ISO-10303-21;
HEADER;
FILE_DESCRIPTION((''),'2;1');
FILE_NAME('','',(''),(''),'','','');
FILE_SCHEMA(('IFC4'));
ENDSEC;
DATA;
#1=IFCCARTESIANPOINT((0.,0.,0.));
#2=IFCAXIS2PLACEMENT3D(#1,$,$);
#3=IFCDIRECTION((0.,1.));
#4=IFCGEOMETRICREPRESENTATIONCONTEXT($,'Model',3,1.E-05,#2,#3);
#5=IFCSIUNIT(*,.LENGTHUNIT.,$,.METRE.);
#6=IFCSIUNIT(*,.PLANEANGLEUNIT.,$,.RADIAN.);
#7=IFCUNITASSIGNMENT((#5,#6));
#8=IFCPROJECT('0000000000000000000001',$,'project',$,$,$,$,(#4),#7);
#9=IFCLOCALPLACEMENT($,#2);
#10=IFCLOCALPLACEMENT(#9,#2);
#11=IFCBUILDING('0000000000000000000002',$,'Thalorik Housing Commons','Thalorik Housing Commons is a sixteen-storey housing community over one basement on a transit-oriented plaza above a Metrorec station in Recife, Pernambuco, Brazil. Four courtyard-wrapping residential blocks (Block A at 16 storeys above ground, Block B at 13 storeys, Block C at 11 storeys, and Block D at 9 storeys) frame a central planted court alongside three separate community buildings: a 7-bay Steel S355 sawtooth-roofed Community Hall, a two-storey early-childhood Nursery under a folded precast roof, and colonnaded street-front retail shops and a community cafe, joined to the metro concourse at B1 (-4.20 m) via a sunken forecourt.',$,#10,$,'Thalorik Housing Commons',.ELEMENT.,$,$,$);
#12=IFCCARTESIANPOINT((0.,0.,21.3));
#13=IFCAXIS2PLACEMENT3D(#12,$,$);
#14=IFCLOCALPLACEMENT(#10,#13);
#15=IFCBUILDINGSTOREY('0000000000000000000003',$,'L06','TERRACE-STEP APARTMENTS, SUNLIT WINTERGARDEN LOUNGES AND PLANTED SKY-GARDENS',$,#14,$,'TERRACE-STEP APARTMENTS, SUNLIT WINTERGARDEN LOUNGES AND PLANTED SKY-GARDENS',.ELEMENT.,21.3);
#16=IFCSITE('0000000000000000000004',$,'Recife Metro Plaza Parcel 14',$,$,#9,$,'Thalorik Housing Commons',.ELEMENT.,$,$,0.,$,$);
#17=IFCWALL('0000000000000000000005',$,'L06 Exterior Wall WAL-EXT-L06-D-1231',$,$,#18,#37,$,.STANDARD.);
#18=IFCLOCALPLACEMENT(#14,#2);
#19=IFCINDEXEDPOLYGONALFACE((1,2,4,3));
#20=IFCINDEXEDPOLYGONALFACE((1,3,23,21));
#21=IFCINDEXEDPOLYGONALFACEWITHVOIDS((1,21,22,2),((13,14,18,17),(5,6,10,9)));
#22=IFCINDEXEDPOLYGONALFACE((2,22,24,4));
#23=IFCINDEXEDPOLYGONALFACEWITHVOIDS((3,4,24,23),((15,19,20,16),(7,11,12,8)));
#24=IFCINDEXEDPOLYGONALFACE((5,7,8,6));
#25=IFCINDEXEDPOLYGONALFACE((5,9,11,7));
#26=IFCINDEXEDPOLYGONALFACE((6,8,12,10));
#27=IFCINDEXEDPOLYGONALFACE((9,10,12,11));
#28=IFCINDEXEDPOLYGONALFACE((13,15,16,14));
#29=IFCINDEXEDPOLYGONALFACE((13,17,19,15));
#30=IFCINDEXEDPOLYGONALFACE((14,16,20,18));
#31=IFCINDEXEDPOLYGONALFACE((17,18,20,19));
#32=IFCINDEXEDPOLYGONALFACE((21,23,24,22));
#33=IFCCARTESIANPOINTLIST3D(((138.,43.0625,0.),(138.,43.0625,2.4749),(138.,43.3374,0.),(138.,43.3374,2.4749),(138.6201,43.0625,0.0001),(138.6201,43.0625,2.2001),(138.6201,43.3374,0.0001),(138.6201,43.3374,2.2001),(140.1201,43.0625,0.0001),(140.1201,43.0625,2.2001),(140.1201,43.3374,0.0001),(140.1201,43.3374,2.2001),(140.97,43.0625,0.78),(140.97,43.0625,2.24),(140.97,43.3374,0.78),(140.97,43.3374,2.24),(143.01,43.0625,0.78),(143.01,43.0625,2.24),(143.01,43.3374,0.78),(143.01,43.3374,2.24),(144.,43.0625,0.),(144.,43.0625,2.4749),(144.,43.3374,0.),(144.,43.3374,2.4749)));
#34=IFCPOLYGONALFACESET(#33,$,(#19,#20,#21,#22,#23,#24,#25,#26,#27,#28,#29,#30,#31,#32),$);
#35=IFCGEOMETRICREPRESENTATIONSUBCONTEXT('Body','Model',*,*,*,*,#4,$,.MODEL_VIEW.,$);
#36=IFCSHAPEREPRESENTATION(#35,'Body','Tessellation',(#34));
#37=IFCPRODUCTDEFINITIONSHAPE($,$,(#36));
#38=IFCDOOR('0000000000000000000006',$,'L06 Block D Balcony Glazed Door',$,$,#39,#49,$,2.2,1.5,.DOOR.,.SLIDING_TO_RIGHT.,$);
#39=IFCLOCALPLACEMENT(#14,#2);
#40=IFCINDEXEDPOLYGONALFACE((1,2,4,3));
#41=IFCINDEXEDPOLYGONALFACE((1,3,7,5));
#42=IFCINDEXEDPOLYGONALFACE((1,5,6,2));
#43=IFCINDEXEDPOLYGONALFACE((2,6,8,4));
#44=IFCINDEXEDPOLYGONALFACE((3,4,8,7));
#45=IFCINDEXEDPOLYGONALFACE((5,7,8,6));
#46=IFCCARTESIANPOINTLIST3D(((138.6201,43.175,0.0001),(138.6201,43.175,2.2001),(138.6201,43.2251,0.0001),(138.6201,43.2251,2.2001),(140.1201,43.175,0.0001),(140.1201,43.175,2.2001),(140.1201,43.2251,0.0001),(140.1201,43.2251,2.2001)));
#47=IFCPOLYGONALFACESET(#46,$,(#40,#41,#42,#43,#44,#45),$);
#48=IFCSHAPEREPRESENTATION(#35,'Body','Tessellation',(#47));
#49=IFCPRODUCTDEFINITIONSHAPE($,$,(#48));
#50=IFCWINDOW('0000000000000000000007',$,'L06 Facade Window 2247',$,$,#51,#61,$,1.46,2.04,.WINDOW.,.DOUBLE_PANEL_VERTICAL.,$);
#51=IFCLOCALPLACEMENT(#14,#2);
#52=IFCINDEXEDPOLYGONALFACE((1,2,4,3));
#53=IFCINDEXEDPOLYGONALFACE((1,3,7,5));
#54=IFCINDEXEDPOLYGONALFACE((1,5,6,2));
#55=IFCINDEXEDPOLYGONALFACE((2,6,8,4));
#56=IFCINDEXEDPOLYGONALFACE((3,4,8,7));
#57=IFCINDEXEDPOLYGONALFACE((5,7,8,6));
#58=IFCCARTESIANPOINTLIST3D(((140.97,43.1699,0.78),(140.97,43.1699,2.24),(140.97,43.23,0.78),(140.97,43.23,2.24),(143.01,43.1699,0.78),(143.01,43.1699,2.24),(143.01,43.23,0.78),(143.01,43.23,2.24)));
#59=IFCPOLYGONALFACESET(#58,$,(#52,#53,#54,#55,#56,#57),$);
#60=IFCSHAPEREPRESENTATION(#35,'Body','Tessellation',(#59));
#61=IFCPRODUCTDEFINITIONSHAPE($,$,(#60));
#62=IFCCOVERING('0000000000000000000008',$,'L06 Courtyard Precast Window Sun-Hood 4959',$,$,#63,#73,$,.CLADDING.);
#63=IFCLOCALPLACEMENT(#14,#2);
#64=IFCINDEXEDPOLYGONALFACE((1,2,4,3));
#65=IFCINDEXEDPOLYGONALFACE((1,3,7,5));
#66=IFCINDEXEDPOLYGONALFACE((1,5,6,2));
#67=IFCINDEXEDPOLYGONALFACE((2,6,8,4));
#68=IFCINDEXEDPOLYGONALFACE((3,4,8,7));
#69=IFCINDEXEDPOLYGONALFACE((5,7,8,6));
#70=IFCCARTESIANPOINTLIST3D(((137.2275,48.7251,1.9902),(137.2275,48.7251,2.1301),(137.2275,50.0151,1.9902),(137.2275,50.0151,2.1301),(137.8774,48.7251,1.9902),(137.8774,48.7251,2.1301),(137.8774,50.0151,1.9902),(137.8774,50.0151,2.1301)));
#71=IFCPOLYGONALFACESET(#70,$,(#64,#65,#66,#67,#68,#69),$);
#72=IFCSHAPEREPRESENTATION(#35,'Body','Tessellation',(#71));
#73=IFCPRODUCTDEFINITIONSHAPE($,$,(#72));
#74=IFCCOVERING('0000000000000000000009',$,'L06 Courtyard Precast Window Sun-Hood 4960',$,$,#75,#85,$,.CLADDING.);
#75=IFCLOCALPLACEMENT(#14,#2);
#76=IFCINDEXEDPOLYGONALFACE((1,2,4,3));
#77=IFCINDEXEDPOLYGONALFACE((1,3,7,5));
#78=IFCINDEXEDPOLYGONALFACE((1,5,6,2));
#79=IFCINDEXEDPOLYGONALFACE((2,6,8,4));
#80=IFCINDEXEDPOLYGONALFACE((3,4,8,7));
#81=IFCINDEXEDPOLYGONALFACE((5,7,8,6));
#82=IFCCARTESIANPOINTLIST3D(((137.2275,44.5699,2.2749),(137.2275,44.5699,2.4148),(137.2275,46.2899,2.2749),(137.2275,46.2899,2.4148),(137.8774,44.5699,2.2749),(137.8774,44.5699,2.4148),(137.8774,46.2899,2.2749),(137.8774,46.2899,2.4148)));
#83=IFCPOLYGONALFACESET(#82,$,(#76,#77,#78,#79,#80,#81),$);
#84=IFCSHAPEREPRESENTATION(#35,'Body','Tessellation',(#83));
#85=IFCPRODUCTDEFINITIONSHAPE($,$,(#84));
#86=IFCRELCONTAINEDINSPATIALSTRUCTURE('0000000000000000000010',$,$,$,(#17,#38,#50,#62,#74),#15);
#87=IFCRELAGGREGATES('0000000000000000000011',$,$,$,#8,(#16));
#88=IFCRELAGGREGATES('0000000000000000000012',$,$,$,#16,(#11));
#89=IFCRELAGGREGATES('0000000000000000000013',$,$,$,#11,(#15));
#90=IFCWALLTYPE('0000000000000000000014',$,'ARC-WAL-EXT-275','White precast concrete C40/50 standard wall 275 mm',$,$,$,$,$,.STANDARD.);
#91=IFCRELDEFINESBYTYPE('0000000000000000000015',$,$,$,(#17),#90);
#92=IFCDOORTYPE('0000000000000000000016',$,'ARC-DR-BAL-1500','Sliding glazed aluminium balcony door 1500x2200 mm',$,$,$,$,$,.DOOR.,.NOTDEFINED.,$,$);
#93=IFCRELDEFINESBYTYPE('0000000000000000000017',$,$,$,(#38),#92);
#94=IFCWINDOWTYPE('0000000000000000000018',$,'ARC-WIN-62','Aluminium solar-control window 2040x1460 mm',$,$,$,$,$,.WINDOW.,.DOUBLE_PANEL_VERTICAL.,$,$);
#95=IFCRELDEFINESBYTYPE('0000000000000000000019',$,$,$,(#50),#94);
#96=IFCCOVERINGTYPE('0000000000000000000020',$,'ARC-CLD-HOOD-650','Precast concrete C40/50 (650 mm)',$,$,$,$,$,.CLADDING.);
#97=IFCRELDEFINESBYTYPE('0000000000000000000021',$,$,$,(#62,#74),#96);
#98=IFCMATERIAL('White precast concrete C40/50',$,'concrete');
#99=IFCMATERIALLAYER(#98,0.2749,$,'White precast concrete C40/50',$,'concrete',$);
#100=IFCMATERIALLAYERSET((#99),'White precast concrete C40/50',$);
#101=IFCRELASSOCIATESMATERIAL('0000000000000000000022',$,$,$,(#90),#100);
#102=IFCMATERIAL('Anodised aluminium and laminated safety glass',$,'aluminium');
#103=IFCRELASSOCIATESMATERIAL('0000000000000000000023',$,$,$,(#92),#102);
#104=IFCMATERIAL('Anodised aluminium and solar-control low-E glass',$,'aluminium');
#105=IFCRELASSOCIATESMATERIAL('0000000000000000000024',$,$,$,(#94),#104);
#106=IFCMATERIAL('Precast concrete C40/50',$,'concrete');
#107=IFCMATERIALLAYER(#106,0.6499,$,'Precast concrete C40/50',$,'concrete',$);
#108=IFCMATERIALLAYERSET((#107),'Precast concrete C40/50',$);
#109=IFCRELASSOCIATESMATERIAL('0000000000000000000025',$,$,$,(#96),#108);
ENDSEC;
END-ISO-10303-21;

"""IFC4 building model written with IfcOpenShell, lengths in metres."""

from ifc_helpers import new_model, si_unit, direction, frame, frame_2d, origin, origin_2d, place, context, subcontext, project, spatial, rectangle, extrude, material, layer, layer_set, type_object, element, fill, save


model = new_model("IFC4")

# Units and contexts
model_context = context("Model", 3, precision=1e-05, world=origin(), true_north=direction((0.0, 1.0)))
body_context = subcontext(model_context, "Body", "Model", "MODEL_VIEW")
ifc_project = project(units=[si_unit("LENGTHUNIT", "METRE"), si_unit("PLANEANGLEUNIT", "RADIAN")], contexts=[model_context])

# Site, building, storey
site_placement = place(None, origin())
site = spatial("IfcSite", under=ifc_project, at=site_placement, Name="Recife Metro Plaza Parcel 14", LongName="Thalorik Housing Commons", CompositionType="ELEMENT", RefElevation=0.0)
building_placement = place(site_placement, origin())
building = spatial("IfcBuilding", under=site, at=building_placement, Name="Thalorik Housing Commons", Description="Thalorik Housing Commons is a sixteen-storey housing community over one basement on a transit-oriented plaza above a Metrorec station in Recife, Pernambuco, Brazil. Four courtyard-wrapping residential blocks (Block A at 16 storeys above ground, Block B at 13 storeys, Block C at 11 storeys, and Block D at 9 storeys) frame a central planted court alongside three separate community buildings: a 7-bay Steel S355 sawtooth-roofed Community Hall, a two-storey early-childhood Nursery under a folded precast roof, and colonnaded street-front retail shops and a community cafe, joined to the metro concourse at B1 (-4.20 m) via a sunken forecourt.", LongName="Thalorik Housing Commons", CompositionType="ELEMENT")
storey_placement = place(building_placement, frame((0.0, 0.0, 21.3)))
storey = spatial("IfcBuildingStorey", under=building, at=storey_placement, Name="L06", Description="TERRACE-STEP APARTMENTS, SUNLIT WINTERGARDEN LOUNGES AND PLANTED SKY-GARDENS", LongName="TERRACE-STEP APARTMENTS, SUNLIT WINTERGARDEN LOUNGES AND PLANTED SKY-GARDENS", CompositionType="ELEMENT", Elevation=21.3)

# Shared definitions
ifc_material_1 = material(Name="Precast concrete C40/50", Category="concrete")

# Shared definitions
ifc_material_2 = material(Name="White precast concrete C40/50", Category="concrete")
ifc_layer_1 = layer(ifc_material_2, 0.2749, Name="White precast concrete C40/50", Category="concrete")
ifc_layer_set_1 = layer_set([ifc_layer_1], Name="White precast concrete C40/50")
wall_type = type_object("IfcWallType", Name="ARC-WAL-EXT-275", Description="White precast concrete C40/50 standard wall 275 mm", PredefinedType="STANDARD", material=ifc_layer_set_1)
ifc_material_3 = material(Name="Anodised aluminium and solar-control low-E glass", Category="aluminium")

# Wall, openings, door, window
wall_1_placement = place(storey_placement, frame((138.0, 43.2, 0.0), z_axis=(0.0, 0.0, 1.0), x_axis=(1.0, 0.0, 0.0)))
wall_1 = element("IfcWall", 1, at=wall_1_placement, inside=storey, type_object=wall_type, Name="L06 Exterior Wall WAL-EXT-L06-D-1231", PredefinedType="STANDARD", context=body_context, shape_type="SweptSolid", body=[
    extrude(rectangle(XDim=6.0, YDim=0.2749, at=frame_2d((3.0, 0.0))), origin(), (0.0, 0.0, 1.0), 2.4749),
])
opening_1_placement = place(wall_1_placement, frame((0.6201, 0.0, 0.0)))
opening_1 = element("IfcOpeningElement", 2, at=opening_1_placement, cuts=wall_1, PredefinedType="OPENING", context=body_context, shape_type="SweptSolid", body=[
    extrude(rectangle(XDim=1.5, YDim=2.2, at=frame_2d((0.75, 1.1001))), frame((0.0, 0.1475, 0.0), z_axis=(0.0, -1.0, 0.0), x_axis=(1.0, 0.0, 0.0)), (0.0, 0.0, 1.0), 0.2949),
])
opening_2_placement = place(wall_1_placement, frame((2.97, 0.0, 0.78)))
opening_2 = element("IfcOpeningElement", 3, at=opening_2_placement, cuts=wall_1, PredefinedType="OPENING", context=body_context, shape_type="SweptSolid", body=[
    extrude(rectangle(XDim=2.04, YDim=1.46, at=frame_2d((1.02, 0.73))), frame((0.0, 0.1475, 0.0), z_axis=(0.0, -1.0, 0.0), x_axis=(1.0, 0.0, 0.0)), (0.0, 0.0, 1.0), 0.2949),
])
ifc_material_4 = material(Name="Anodised aluminium and laminated safety glass", Category="aluminium")
door_type = type_object("IfcDoorType", Name="ARC-DR-BAL-1500", Description="Sliding glazed aluminium balcony door 1500x2200 mm", OperationType="NOTDEFINED", PredefinedType="DOOR", material=ifc_material_4)
door_placement = place(opening_1_placement, frame((1.5, 0.0, 0.0), z_axis=(0.0, 0.0, 1.0), x_axis=(-1.0, 0.0, 0.0)))
door = element("IfcDoor", 4, at=door_placement, inside=storey, type_object=door_type, Name="L06 Block D Balcony Glazed Door", OperationType="SLIDING_TO_RIGHT", OverallHeight=2.2, OverallWidth=1.5, PredefinedType="DOOR", context=body_context, shape_type="SweptSolid", body=[
    extrude(rectangle(XDim=1.5, YDim=2.2, at=frame_2d((0.75, 1.1001))), frame((0.0, 0.0249, 0.0), z_axis=(0.0, -1.0, 0.0), x_axis=(1.0, 0.0, 0.0)), (0.0, 0.0, 1.0), 0.05),
])
fill(opening_1, door)
window_type_1 = type_object("IfcWindowType", Name="ARC-WIN-62", Description="Aluminium solar-control window 2040x1460 mm", PartitioningType="DOUBLE_PANEL_VERTICAL", PredefinedType="WINDOW", material=ifc_material_3)
window_1_placement = place(opening_2_placement, origin())
window_1 = element("IfcWindow", 5, at=window_1_placement, inside=storey, type_object=window_type_1, Name="L06 Facade Window 2247", OverallHeight=1.46, OverallWidth=2.04, PartitioningType="DOUBLE_PANEL_VERTICAL", PredefinedType="WINDOW", context=body_context, shape_type="SweptSolid", body=[
    extrude(rectangle(XDim=2.04, YDim=1.46, at=frame_2d((1.02, 0.73))), frame((0.0, 0.03, 0.0), z_axis=(0.0, -1.0, 0.0), x_axis=(1.0, 0.0, 0.0)), (0.0, 0.0, 1.0), 0.0601),
])
fill(opening_2, window_1)

# Coverings
ifc_layer_2 = layer(ifc_material_1, 0.6499, Name="Precast concrete C40/50", Category="concrete")
ifc_layer_set_2 = layer_set([ifc_layer_2], Name="Precast concrete C40/50")
covering_type_1 = type_object("IfcCoveringType", Name="ARC-CLD-HOOD-650", Description="Precast concrete C40/50 (650 mm)", PredefinedType="CLADDING", material=ifc_layer_set_2)
covering_1_placement = place(storey_placement, frame((137.5525, 49.3701, 1.9902), z_axis=(0.0, 0.0, 1.0), x_axis=(0.0, -1.0, 0.0)))
element("IfcCovering", 6, at=covering_1_placement, inside=storey, type_object=covering_type_1, Name="L06 Courtyard Precast Window Sun-Hood 4959", PredefinedType="CLADDING", context=body_context, shape_type="SweptSolid", body=[
    extrude(rectangle(XDim=1.29, YDim=0.6499, at=origin_2d()), origin(), (0.0, 0.0, 1.0), 0.1399),
])
covering_2_placement = place(storey_placement, frame((137.5525, 45.4299, 2.2749), z_axis=(0.0, 0.0, 1.0), x_axis=(0.0, -1.0, 0.0)))
element("IfcCovering", 7, at=covering_2_placement, inside=storey, type_object=covering_type_1, Name="L06 Courtyard Precast Window Sun-Hood 4960", PredefinedType="CLADDING", context=body_context, shape_type="SweptSolid", body=[
    extrude(rectangle(XDim=1.72, YDim=0.6499, at=origin_2d()), origin(), (0.0, 0.0, 1.0), 0.1399),
])

save(model, "model.ifc")
